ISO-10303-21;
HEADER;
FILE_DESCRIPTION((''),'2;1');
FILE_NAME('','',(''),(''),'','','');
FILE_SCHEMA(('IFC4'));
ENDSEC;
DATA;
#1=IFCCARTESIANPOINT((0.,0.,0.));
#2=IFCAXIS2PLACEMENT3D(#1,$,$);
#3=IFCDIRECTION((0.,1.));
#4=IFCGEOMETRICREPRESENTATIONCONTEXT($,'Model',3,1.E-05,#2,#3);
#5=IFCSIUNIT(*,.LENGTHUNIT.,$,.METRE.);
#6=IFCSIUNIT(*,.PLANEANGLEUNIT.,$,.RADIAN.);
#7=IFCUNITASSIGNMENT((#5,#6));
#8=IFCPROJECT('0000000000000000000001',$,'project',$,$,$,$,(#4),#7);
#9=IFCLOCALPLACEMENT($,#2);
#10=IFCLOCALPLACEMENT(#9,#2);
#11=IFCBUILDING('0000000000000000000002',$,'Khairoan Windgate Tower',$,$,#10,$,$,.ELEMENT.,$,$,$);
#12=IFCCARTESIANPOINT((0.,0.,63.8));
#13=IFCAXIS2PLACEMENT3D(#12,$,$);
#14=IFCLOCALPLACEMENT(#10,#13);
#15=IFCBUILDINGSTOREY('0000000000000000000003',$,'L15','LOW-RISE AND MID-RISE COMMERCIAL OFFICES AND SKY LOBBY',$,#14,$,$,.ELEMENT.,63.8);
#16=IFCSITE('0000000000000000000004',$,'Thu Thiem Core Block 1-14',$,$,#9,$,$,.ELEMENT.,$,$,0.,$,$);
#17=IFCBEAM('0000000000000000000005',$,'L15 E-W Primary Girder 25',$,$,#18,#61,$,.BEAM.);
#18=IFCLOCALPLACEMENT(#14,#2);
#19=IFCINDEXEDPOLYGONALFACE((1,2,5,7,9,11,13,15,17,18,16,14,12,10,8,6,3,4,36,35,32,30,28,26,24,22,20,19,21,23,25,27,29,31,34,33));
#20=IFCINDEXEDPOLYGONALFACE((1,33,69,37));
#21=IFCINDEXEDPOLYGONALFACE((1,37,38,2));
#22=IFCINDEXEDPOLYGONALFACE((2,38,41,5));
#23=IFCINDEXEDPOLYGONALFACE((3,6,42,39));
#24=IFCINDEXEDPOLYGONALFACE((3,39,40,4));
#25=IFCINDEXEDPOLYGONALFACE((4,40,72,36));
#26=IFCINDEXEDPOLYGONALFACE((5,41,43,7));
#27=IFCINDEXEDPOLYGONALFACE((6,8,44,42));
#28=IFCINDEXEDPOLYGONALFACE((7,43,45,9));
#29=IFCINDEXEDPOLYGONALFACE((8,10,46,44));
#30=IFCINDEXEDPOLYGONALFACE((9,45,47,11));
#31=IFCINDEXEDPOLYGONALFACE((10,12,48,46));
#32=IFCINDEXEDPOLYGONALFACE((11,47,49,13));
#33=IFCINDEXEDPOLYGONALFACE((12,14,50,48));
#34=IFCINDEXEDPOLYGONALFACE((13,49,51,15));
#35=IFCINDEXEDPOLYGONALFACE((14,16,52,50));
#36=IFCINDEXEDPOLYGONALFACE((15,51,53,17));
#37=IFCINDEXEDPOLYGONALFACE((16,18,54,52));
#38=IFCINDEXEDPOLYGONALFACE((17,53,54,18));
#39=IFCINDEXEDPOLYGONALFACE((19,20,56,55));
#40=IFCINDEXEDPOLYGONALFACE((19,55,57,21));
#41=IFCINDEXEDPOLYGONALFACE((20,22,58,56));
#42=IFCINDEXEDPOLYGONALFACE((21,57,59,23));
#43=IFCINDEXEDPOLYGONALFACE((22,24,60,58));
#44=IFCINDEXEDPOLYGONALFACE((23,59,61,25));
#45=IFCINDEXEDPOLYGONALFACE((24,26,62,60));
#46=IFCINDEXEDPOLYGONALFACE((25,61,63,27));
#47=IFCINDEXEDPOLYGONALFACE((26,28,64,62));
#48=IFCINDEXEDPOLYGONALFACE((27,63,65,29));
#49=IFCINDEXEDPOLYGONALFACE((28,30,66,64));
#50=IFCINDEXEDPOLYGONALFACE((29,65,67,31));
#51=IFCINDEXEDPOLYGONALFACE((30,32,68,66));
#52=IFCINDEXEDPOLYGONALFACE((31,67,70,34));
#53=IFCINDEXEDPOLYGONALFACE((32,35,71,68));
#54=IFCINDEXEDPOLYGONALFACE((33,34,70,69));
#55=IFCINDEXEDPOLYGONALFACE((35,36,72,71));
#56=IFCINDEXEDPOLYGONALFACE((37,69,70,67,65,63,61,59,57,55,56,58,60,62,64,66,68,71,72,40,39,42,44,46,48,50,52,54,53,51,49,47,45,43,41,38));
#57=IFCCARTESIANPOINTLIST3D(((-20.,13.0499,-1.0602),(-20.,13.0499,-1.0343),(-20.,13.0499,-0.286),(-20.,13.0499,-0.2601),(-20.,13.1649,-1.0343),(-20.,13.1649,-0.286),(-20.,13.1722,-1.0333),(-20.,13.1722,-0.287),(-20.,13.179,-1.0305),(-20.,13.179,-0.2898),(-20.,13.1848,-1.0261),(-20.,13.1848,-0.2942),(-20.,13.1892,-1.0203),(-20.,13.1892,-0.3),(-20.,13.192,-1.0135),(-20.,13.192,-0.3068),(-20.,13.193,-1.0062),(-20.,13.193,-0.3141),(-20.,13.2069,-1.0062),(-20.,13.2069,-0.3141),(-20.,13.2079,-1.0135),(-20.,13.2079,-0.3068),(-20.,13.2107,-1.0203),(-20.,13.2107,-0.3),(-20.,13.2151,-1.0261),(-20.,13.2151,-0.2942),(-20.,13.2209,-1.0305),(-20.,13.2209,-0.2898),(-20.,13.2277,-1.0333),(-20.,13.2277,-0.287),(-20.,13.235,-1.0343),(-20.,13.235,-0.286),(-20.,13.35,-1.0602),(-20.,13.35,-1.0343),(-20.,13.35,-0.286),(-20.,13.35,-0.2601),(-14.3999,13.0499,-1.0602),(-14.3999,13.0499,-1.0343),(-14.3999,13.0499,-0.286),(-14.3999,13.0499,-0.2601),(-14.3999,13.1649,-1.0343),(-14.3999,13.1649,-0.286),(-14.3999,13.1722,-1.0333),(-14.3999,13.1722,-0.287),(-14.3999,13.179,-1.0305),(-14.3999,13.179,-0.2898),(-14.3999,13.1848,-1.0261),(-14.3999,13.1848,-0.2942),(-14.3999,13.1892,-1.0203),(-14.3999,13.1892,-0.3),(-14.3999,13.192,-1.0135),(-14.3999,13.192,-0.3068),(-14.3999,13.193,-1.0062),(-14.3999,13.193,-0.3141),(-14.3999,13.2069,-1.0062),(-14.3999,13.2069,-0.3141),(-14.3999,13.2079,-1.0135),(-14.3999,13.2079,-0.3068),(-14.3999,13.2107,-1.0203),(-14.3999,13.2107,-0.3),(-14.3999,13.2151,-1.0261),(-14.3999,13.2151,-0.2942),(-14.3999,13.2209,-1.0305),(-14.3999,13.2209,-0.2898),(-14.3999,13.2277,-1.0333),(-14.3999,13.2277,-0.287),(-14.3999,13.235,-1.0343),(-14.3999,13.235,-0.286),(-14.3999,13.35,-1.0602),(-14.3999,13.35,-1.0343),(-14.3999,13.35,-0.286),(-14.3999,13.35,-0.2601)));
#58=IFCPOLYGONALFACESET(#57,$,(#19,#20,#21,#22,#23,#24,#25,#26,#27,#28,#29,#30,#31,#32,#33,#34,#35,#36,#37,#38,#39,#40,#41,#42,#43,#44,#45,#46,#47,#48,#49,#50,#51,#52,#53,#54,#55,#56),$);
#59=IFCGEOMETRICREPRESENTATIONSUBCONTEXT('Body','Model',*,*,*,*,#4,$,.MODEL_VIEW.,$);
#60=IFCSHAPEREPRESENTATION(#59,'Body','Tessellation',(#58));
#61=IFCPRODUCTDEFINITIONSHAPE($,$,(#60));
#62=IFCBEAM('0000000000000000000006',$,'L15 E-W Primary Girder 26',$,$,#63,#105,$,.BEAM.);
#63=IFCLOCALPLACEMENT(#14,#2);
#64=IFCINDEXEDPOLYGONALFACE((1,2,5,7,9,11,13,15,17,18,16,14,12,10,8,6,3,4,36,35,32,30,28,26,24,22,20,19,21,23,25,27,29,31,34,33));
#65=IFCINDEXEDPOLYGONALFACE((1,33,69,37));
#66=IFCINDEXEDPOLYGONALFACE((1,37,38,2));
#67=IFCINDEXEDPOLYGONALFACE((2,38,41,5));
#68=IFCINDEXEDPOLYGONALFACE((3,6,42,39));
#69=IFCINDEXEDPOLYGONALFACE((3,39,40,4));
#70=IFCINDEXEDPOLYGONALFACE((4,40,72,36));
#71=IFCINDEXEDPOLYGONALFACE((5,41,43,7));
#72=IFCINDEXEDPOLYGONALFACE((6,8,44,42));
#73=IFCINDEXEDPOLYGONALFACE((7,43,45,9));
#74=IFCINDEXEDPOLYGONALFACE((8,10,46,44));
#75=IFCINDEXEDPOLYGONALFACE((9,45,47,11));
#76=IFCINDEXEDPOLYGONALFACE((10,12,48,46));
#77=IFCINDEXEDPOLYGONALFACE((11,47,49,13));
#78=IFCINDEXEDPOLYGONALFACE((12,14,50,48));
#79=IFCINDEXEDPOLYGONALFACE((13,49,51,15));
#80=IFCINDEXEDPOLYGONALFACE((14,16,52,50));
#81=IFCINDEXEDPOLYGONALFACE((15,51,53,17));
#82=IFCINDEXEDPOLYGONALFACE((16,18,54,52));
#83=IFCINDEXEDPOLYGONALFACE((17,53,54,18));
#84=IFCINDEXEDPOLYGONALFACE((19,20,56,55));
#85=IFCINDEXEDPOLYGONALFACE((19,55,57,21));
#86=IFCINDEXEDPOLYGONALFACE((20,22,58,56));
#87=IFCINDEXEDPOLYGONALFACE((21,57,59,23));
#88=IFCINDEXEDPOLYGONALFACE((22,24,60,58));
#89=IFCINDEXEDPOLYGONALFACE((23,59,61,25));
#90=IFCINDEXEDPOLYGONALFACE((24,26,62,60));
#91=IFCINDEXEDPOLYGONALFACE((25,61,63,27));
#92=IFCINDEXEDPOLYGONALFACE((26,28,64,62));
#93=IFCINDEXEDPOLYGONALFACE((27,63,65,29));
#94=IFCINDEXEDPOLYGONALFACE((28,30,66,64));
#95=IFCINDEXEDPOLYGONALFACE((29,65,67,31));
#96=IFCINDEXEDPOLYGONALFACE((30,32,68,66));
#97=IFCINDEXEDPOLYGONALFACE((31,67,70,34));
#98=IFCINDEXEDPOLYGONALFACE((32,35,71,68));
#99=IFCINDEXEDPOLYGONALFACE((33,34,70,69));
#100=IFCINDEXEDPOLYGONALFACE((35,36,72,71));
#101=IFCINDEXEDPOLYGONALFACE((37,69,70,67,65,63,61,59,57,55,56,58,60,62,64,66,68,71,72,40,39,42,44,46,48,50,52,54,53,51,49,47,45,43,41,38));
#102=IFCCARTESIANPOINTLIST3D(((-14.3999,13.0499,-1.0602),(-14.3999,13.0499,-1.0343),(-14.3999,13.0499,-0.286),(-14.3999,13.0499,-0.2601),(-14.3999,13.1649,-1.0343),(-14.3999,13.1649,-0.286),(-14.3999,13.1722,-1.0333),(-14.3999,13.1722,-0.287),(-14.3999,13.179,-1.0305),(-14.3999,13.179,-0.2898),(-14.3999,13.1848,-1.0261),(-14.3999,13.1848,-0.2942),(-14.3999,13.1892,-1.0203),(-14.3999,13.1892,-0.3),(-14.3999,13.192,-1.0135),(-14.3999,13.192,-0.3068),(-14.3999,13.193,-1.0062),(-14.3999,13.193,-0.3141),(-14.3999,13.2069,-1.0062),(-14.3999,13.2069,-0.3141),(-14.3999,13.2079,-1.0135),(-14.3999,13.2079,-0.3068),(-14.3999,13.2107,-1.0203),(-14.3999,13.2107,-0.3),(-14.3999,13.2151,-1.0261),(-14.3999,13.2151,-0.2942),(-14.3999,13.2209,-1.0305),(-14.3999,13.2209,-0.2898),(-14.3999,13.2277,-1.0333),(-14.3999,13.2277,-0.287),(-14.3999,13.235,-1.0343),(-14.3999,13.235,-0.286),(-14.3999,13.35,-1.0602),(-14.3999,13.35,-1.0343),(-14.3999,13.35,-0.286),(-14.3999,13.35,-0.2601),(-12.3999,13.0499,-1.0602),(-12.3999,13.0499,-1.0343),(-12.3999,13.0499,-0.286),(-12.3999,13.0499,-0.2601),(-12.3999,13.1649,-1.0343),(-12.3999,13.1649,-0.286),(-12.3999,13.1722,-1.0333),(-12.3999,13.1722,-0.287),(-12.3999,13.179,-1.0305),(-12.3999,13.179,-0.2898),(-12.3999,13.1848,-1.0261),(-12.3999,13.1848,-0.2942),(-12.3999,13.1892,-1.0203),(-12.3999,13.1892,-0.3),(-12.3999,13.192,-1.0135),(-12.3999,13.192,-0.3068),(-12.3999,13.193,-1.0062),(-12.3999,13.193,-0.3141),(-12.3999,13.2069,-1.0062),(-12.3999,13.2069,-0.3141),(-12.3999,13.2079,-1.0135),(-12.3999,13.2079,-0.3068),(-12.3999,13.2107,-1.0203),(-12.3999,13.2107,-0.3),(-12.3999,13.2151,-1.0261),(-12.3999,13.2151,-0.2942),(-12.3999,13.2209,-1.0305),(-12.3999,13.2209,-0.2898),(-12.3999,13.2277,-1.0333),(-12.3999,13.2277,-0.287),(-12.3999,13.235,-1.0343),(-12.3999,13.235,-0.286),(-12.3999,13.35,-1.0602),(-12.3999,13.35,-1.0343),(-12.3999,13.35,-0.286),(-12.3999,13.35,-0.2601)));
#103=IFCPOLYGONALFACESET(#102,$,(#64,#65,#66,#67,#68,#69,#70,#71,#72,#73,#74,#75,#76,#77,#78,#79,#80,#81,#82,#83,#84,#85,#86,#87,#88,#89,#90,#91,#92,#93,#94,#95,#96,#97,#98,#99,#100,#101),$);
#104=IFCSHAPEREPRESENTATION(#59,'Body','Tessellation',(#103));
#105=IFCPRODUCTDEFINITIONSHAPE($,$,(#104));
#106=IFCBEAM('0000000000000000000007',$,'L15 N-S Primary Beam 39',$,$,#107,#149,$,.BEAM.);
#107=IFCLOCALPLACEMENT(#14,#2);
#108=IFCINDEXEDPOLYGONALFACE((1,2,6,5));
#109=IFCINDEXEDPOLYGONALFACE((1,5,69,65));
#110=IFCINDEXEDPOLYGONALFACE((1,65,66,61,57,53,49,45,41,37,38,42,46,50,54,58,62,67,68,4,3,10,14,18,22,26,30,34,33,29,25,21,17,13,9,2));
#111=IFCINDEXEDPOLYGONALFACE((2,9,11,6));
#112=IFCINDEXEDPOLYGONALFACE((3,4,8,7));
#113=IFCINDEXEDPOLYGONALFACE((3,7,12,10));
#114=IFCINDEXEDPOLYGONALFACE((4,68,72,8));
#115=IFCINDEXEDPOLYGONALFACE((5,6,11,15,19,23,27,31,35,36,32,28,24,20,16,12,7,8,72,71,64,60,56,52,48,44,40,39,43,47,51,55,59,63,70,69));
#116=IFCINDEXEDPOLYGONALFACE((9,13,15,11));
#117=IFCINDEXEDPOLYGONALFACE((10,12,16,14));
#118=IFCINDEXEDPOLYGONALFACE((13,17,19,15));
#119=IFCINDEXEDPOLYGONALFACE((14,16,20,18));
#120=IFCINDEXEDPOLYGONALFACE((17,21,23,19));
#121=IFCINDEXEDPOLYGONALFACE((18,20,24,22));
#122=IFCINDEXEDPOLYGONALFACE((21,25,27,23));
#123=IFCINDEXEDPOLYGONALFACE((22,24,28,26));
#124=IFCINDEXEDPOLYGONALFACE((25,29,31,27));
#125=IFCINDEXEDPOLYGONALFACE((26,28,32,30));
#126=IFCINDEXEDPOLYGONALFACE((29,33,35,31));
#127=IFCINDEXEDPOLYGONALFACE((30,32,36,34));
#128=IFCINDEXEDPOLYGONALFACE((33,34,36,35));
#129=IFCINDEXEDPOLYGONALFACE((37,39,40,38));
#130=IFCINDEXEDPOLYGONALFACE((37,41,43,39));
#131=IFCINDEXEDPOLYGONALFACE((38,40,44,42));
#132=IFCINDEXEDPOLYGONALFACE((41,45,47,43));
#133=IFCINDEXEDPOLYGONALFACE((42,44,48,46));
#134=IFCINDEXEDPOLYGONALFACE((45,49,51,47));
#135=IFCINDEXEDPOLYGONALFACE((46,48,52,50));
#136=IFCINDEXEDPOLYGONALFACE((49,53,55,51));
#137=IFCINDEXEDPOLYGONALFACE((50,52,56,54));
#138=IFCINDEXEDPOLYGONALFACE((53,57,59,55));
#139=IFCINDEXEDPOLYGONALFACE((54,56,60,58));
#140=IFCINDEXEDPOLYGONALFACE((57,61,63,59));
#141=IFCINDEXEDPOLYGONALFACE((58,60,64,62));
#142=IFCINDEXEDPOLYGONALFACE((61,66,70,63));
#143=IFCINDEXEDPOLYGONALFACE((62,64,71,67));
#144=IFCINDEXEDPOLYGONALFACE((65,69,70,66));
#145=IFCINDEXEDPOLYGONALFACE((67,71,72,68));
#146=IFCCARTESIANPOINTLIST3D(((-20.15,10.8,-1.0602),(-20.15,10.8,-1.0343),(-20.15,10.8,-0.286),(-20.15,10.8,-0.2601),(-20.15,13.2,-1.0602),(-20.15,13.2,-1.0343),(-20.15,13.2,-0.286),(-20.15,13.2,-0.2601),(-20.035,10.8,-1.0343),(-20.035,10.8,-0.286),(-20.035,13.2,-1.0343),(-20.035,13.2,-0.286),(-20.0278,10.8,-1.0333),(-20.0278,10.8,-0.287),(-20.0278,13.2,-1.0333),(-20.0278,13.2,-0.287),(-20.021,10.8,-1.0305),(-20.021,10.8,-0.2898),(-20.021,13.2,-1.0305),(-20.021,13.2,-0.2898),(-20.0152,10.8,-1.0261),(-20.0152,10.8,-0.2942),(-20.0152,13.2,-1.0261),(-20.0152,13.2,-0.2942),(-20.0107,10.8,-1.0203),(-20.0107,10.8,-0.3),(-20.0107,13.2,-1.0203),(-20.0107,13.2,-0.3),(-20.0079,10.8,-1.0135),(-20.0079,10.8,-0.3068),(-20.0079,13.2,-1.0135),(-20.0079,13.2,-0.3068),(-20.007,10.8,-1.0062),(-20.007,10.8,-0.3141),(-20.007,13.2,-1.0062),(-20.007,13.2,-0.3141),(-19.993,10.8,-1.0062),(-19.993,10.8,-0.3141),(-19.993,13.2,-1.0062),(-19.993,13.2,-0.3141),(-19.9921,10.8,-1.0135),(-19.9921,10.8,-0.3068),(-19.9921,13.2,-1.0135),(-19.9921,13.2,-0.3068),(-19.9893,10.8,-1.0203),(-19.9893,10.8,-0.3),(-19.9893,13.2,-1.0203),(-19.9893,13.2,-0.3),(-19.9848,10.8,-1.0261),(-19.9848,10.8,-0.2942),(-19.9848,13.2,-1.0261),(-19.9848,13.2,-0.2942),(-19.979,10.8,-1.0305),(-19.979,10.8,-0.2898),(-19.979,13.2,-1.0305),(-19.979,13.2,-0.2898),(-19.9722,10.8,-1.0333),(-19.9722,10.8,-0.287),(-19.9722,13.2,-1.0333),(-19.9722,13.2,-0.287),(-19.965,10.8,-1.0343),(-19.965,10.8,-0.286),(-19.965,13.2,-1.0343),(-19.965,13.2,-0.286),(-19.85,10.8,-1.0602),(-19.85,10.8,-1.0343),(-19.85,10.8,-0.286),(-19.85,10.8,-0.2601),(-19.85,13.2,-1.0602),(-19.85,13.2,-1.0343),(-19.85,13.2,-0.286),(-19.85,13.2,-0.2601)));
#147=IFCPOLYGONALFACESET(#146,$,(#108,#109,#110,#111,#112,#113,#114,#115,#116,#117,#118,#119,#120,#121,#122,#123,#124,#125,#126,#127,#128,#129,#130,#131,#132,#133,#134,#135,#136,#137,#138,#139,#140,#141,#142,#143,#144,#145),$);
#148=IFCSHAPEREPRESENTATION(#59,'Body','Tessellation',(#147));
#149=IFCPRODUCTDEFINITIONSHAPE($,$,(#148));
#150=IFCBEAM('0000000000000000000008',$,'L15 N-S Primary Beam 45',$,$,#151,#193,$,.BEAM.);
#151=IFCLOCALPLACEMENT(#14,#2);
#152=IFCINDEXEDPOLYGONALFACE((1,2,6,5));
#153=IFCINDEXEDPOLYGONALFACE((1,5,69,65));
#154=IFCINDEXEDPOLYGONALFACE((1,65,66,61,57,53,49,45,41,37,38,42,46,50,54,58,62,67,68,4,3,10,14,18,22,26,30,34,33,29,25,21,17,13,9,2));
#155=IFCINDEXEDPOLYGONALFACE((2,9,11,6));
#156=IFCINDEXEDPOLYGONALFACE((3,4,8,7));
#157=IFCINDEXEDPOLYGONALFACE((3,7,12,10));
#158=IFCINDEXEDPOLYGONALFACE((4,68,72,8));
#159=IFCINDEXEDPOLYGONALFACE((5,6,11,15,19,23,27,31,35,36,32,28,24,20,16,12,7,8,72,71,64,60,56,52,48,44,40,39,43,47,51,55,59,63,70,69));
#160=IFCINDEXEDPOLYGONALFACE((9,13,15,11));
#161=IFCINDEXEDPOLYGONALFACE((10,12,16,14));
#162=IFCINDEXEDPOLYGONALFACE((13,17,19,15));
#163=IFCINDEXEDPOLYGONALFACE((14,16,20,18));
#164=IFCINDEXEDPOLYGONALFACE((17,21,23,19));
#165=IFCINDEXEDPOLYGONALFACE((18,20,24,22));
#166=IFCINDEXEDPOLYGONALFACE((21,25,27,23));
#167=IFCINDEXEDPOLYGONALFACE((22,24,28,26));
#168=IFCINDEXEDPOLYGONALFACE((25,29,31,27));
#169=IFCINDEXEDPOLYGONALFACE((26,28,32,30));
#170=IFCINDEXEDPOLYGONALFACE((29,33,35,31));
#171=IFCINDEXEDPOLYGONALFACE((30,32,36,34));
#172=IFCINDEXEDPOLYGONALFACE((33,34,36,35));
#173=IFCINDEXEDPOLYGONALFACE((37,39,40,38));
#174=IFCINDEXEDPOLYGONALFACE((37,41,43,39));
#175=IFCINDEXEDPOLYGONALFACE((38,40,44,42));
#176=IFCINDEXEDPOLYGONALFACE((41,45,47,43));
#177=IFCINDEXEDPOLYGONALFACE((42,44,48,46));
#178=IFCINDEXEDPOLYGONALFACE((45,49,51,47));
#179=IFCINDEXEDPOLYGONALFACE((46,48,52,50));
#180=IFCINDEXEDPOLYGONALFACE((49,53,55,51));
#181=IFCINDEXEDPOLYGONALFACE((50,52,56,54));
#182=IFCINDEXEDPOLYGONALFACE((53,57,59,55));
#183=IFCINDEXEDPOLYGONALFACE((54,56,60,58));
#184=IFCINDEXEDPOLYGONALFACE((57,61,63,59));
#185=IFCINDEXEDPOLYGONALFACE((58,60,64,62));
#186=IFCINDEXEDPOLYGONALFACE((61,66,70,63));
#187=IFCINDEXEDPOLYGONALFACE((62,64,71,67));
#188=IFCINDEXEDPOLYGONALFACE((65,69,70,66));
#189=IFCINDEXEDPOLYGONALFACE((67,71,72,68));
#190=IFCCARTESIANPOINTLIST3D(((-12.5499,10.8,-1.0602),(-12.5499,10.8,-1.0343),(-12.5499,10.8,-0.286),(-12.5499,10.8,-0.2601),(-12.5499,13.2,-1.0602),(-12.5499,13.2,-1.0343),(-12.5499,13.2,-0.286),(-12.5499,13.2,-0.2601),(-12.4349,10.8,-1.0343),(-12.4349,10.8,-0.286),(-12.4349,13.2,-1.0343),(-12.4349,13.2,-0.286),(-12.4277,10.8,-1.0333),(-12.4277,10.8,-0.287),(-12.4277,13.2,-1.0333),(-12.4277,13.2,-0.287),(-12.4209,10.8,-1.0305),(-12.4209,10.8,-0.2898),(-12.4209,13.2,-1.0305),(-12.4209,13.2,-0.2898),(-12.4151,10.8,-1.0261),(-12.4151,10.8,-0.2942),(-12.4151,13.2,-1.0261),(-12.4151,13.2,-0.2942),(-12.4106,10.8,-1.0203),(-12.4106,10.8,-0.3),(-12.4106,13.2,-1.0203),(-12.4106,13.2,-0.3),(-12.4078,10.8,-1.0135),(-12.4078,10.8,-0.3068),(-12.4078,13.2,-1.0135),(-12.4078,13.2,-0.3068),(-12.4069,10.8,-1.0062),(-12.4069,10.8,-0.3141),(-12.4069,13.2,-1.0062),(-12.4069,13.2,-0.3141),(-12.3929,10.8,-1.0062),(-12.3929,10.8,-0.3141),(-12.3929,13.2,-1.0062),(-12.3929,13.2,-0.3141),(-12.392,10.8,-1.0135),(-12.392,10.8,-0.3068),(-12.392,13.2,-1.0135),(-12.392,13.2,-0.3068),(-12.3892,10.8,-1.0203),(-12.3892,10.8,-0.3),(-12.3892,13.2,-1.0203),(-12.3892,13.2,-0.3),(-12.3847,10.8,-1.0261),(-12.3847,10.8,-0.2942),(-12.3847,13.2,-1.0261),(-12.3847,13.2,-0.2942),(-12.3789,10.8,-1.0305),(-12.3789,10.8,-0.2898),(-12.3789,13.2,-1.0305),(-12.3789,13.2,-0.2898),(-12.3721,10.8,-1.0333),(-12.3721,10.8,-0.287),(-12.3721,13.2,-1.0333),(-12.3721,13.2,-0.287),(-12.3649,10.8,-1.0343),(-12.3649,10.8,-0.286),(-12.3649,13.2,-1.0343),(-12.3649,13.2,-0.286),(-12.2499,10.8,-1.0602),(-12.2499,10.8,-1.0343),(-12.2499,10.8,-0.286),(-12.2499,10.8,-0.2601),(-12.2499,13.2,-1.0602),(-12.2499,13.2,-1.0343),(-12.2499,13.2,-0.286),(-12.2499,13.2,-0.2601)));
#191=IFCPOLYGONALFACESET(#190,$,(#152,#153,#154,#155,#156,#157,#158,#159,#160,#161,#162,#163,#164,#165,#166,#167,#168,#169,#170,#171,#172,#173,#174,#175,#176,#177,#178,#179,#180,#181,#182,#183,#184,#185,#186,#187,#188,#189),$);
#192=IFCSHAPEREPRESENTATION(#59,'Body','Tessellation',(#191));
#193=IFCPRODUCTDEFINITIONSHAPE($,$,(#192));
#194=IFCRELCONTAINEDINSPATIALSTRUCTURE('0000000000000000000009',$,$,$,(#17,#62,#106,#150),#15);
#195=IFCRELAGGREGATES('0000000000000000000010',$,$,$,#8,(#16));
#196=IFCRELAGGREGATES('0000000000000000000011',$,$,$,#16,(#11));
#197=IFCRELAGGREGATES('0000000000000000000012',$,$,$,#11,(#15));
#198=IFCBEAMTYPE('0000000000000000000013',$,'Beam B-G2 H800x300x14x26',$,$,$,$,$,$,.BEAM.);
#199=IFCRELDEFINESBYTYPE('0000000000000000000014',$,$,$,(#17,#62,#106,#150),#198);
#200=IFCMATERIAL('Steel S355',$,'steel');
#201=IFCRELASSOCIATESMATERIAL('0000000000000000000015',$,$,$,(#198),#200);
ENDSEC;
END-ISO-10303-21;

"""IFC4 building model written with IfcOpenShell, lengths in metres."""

from ifc_helpers import new_model, si_unit, direction, frame, origin, origin_2d, place, context, subcontext, project, spatial, i_section, extrude, material, material_profile, profile_set, type_object, element, save


model = new_model("IFC4")

# Units and contexts
model_context = context("Model", 3, precision=1e-05, world=origin(), true_north=direction((0.0, 1.0)))
body_context = subcontext(model_context, "Body", "Model", "MODEL_VIEW")
ifc_project = project(units=[si_unit("LENGTHUNIT", "METRE"), si_unit("PLANEANGLEUNIT", "RADIAN")], contexts=[model_context])

# Site, building, storey
site_placement = place(None, origin())
site = spatial("IfcSite", under=ifc_project, at=site_placement, Name="Thu Thiem Core Block 1-14", CompositionType="ELEMENT", RefElevation=0.0)
building_placement = place(site_placement, origin())
building = spatial("IfcBuilding", under=site, at=building_placement, Name="Khairoan Windgate Tower", CompositionType="ELEMENT")
storey_placement = place(building_placement, frame((0.0, 0.0, 63.8)))
storey = spatial("IfcBuildingStorey", under=building, at=storey_placement, Name="L15", Description="LOW-RISE AND MID-RISE COMMERCIAL OFFICES AND SKY LOBBY", CompositionType="ELEMENT", Elevation=63.8)

# Beams
ifc_material_1 = material(Name="Steel S355", Category="steel")
ifc_material_profile_1 = material_profile(ifc_material_1, i_section(OverallWidth=0.3, OverallDepth=0.8, WebThickness=0.0139, FlangeThickness=0.0259, FilletRadius=0.0281, at=origin_2d()))
ifc_profile_set_1 = profile_set([ifc_material_profile_1], Name="Steel S355")
beam_type = type_object("IfcBeamType", Name="Beam B-G2 H800x300x14x26", PredefinedType="BEAM", material=ifc_profile_set_1)
beam_1_placement = place(storey_placement, frame((-20.0, 13.2, -0.6602), z_axis=(1.0, 0.0, 0.0), x_axis=(0.0, 1.0, 0.0)))
element("IfcBeam", 1, at=beam_1_placement, inside=storey, type_object=beam_type, Name="L15 E-W Primary Girder 25", PredefinedType="BEAM", context=body_context, shape_type="SweptSolid", body=[
    extrude(i_section(OverallWidth=0.3, OverallDepth=0.8, WebThickness=0.0139, FlangeThickness=0.0259, FilletRadius=0.0281, at=origin_2d()), origin(), (0.0, 0.0, 1.0), 5.6001),
])
beam_2_placement = place(storey_placement, frame((-14.3999, 13.2, -0.6602), z_axis=(1.0, 0.0, 0.0), x_axis=(0.0, 1.0, 0.0)))
element("IfcBeam", 2, at=beam_2_placement, inside=storey, type_object=beam_type, Name="L15 E-W Primary Girder 26", PredefinedType="BEAM", context=body_context, shape_type="SweptSolid", body=[
    extrude(i_section(OverallWidth=0.3, OverallDepth=0.8, WebThickness=0.0139, FlangeThickness=0.0259, FilletRadius=0.0281, at=origin_2d()), origin(), (0.0, 0.0, 1.0), 2.0),
])
for number, where, z_axis, x_axis, name in (
    (3, (-20.0, 10.8, -0.6602), (0.0, 1.0, 0.0), (-1.0, 0.0, 0.0), "L15 N-S Primary Beam 39"),
    (4, (-12.3999, 10.8, -0.6602), (0.0, 1.0, 0.0), (-1.0, 0.0, 0.0), "L15 N-S Primary Beam 45"),
):
    element("IfcBeam", number, at=place(storey_placement, frame(where, z_axis=z_axis, x_axis=x_axis)), inside=storey, type_object=beam_type, Name=name, PredefinedType="BEAM", context=body_context, shape_type="SweptSolid", body=[
        extrude(i_section(OverallWidth=0.3, OverallDepth=0.8, WebThickness=0.0139, FlangeThickness=0.0259, FilletRadius=0.0281, at=origin_2d()), origin(), (0.0, 0.0, 1.0), 2.3999),
    ])

save(model, "model.ifc")
